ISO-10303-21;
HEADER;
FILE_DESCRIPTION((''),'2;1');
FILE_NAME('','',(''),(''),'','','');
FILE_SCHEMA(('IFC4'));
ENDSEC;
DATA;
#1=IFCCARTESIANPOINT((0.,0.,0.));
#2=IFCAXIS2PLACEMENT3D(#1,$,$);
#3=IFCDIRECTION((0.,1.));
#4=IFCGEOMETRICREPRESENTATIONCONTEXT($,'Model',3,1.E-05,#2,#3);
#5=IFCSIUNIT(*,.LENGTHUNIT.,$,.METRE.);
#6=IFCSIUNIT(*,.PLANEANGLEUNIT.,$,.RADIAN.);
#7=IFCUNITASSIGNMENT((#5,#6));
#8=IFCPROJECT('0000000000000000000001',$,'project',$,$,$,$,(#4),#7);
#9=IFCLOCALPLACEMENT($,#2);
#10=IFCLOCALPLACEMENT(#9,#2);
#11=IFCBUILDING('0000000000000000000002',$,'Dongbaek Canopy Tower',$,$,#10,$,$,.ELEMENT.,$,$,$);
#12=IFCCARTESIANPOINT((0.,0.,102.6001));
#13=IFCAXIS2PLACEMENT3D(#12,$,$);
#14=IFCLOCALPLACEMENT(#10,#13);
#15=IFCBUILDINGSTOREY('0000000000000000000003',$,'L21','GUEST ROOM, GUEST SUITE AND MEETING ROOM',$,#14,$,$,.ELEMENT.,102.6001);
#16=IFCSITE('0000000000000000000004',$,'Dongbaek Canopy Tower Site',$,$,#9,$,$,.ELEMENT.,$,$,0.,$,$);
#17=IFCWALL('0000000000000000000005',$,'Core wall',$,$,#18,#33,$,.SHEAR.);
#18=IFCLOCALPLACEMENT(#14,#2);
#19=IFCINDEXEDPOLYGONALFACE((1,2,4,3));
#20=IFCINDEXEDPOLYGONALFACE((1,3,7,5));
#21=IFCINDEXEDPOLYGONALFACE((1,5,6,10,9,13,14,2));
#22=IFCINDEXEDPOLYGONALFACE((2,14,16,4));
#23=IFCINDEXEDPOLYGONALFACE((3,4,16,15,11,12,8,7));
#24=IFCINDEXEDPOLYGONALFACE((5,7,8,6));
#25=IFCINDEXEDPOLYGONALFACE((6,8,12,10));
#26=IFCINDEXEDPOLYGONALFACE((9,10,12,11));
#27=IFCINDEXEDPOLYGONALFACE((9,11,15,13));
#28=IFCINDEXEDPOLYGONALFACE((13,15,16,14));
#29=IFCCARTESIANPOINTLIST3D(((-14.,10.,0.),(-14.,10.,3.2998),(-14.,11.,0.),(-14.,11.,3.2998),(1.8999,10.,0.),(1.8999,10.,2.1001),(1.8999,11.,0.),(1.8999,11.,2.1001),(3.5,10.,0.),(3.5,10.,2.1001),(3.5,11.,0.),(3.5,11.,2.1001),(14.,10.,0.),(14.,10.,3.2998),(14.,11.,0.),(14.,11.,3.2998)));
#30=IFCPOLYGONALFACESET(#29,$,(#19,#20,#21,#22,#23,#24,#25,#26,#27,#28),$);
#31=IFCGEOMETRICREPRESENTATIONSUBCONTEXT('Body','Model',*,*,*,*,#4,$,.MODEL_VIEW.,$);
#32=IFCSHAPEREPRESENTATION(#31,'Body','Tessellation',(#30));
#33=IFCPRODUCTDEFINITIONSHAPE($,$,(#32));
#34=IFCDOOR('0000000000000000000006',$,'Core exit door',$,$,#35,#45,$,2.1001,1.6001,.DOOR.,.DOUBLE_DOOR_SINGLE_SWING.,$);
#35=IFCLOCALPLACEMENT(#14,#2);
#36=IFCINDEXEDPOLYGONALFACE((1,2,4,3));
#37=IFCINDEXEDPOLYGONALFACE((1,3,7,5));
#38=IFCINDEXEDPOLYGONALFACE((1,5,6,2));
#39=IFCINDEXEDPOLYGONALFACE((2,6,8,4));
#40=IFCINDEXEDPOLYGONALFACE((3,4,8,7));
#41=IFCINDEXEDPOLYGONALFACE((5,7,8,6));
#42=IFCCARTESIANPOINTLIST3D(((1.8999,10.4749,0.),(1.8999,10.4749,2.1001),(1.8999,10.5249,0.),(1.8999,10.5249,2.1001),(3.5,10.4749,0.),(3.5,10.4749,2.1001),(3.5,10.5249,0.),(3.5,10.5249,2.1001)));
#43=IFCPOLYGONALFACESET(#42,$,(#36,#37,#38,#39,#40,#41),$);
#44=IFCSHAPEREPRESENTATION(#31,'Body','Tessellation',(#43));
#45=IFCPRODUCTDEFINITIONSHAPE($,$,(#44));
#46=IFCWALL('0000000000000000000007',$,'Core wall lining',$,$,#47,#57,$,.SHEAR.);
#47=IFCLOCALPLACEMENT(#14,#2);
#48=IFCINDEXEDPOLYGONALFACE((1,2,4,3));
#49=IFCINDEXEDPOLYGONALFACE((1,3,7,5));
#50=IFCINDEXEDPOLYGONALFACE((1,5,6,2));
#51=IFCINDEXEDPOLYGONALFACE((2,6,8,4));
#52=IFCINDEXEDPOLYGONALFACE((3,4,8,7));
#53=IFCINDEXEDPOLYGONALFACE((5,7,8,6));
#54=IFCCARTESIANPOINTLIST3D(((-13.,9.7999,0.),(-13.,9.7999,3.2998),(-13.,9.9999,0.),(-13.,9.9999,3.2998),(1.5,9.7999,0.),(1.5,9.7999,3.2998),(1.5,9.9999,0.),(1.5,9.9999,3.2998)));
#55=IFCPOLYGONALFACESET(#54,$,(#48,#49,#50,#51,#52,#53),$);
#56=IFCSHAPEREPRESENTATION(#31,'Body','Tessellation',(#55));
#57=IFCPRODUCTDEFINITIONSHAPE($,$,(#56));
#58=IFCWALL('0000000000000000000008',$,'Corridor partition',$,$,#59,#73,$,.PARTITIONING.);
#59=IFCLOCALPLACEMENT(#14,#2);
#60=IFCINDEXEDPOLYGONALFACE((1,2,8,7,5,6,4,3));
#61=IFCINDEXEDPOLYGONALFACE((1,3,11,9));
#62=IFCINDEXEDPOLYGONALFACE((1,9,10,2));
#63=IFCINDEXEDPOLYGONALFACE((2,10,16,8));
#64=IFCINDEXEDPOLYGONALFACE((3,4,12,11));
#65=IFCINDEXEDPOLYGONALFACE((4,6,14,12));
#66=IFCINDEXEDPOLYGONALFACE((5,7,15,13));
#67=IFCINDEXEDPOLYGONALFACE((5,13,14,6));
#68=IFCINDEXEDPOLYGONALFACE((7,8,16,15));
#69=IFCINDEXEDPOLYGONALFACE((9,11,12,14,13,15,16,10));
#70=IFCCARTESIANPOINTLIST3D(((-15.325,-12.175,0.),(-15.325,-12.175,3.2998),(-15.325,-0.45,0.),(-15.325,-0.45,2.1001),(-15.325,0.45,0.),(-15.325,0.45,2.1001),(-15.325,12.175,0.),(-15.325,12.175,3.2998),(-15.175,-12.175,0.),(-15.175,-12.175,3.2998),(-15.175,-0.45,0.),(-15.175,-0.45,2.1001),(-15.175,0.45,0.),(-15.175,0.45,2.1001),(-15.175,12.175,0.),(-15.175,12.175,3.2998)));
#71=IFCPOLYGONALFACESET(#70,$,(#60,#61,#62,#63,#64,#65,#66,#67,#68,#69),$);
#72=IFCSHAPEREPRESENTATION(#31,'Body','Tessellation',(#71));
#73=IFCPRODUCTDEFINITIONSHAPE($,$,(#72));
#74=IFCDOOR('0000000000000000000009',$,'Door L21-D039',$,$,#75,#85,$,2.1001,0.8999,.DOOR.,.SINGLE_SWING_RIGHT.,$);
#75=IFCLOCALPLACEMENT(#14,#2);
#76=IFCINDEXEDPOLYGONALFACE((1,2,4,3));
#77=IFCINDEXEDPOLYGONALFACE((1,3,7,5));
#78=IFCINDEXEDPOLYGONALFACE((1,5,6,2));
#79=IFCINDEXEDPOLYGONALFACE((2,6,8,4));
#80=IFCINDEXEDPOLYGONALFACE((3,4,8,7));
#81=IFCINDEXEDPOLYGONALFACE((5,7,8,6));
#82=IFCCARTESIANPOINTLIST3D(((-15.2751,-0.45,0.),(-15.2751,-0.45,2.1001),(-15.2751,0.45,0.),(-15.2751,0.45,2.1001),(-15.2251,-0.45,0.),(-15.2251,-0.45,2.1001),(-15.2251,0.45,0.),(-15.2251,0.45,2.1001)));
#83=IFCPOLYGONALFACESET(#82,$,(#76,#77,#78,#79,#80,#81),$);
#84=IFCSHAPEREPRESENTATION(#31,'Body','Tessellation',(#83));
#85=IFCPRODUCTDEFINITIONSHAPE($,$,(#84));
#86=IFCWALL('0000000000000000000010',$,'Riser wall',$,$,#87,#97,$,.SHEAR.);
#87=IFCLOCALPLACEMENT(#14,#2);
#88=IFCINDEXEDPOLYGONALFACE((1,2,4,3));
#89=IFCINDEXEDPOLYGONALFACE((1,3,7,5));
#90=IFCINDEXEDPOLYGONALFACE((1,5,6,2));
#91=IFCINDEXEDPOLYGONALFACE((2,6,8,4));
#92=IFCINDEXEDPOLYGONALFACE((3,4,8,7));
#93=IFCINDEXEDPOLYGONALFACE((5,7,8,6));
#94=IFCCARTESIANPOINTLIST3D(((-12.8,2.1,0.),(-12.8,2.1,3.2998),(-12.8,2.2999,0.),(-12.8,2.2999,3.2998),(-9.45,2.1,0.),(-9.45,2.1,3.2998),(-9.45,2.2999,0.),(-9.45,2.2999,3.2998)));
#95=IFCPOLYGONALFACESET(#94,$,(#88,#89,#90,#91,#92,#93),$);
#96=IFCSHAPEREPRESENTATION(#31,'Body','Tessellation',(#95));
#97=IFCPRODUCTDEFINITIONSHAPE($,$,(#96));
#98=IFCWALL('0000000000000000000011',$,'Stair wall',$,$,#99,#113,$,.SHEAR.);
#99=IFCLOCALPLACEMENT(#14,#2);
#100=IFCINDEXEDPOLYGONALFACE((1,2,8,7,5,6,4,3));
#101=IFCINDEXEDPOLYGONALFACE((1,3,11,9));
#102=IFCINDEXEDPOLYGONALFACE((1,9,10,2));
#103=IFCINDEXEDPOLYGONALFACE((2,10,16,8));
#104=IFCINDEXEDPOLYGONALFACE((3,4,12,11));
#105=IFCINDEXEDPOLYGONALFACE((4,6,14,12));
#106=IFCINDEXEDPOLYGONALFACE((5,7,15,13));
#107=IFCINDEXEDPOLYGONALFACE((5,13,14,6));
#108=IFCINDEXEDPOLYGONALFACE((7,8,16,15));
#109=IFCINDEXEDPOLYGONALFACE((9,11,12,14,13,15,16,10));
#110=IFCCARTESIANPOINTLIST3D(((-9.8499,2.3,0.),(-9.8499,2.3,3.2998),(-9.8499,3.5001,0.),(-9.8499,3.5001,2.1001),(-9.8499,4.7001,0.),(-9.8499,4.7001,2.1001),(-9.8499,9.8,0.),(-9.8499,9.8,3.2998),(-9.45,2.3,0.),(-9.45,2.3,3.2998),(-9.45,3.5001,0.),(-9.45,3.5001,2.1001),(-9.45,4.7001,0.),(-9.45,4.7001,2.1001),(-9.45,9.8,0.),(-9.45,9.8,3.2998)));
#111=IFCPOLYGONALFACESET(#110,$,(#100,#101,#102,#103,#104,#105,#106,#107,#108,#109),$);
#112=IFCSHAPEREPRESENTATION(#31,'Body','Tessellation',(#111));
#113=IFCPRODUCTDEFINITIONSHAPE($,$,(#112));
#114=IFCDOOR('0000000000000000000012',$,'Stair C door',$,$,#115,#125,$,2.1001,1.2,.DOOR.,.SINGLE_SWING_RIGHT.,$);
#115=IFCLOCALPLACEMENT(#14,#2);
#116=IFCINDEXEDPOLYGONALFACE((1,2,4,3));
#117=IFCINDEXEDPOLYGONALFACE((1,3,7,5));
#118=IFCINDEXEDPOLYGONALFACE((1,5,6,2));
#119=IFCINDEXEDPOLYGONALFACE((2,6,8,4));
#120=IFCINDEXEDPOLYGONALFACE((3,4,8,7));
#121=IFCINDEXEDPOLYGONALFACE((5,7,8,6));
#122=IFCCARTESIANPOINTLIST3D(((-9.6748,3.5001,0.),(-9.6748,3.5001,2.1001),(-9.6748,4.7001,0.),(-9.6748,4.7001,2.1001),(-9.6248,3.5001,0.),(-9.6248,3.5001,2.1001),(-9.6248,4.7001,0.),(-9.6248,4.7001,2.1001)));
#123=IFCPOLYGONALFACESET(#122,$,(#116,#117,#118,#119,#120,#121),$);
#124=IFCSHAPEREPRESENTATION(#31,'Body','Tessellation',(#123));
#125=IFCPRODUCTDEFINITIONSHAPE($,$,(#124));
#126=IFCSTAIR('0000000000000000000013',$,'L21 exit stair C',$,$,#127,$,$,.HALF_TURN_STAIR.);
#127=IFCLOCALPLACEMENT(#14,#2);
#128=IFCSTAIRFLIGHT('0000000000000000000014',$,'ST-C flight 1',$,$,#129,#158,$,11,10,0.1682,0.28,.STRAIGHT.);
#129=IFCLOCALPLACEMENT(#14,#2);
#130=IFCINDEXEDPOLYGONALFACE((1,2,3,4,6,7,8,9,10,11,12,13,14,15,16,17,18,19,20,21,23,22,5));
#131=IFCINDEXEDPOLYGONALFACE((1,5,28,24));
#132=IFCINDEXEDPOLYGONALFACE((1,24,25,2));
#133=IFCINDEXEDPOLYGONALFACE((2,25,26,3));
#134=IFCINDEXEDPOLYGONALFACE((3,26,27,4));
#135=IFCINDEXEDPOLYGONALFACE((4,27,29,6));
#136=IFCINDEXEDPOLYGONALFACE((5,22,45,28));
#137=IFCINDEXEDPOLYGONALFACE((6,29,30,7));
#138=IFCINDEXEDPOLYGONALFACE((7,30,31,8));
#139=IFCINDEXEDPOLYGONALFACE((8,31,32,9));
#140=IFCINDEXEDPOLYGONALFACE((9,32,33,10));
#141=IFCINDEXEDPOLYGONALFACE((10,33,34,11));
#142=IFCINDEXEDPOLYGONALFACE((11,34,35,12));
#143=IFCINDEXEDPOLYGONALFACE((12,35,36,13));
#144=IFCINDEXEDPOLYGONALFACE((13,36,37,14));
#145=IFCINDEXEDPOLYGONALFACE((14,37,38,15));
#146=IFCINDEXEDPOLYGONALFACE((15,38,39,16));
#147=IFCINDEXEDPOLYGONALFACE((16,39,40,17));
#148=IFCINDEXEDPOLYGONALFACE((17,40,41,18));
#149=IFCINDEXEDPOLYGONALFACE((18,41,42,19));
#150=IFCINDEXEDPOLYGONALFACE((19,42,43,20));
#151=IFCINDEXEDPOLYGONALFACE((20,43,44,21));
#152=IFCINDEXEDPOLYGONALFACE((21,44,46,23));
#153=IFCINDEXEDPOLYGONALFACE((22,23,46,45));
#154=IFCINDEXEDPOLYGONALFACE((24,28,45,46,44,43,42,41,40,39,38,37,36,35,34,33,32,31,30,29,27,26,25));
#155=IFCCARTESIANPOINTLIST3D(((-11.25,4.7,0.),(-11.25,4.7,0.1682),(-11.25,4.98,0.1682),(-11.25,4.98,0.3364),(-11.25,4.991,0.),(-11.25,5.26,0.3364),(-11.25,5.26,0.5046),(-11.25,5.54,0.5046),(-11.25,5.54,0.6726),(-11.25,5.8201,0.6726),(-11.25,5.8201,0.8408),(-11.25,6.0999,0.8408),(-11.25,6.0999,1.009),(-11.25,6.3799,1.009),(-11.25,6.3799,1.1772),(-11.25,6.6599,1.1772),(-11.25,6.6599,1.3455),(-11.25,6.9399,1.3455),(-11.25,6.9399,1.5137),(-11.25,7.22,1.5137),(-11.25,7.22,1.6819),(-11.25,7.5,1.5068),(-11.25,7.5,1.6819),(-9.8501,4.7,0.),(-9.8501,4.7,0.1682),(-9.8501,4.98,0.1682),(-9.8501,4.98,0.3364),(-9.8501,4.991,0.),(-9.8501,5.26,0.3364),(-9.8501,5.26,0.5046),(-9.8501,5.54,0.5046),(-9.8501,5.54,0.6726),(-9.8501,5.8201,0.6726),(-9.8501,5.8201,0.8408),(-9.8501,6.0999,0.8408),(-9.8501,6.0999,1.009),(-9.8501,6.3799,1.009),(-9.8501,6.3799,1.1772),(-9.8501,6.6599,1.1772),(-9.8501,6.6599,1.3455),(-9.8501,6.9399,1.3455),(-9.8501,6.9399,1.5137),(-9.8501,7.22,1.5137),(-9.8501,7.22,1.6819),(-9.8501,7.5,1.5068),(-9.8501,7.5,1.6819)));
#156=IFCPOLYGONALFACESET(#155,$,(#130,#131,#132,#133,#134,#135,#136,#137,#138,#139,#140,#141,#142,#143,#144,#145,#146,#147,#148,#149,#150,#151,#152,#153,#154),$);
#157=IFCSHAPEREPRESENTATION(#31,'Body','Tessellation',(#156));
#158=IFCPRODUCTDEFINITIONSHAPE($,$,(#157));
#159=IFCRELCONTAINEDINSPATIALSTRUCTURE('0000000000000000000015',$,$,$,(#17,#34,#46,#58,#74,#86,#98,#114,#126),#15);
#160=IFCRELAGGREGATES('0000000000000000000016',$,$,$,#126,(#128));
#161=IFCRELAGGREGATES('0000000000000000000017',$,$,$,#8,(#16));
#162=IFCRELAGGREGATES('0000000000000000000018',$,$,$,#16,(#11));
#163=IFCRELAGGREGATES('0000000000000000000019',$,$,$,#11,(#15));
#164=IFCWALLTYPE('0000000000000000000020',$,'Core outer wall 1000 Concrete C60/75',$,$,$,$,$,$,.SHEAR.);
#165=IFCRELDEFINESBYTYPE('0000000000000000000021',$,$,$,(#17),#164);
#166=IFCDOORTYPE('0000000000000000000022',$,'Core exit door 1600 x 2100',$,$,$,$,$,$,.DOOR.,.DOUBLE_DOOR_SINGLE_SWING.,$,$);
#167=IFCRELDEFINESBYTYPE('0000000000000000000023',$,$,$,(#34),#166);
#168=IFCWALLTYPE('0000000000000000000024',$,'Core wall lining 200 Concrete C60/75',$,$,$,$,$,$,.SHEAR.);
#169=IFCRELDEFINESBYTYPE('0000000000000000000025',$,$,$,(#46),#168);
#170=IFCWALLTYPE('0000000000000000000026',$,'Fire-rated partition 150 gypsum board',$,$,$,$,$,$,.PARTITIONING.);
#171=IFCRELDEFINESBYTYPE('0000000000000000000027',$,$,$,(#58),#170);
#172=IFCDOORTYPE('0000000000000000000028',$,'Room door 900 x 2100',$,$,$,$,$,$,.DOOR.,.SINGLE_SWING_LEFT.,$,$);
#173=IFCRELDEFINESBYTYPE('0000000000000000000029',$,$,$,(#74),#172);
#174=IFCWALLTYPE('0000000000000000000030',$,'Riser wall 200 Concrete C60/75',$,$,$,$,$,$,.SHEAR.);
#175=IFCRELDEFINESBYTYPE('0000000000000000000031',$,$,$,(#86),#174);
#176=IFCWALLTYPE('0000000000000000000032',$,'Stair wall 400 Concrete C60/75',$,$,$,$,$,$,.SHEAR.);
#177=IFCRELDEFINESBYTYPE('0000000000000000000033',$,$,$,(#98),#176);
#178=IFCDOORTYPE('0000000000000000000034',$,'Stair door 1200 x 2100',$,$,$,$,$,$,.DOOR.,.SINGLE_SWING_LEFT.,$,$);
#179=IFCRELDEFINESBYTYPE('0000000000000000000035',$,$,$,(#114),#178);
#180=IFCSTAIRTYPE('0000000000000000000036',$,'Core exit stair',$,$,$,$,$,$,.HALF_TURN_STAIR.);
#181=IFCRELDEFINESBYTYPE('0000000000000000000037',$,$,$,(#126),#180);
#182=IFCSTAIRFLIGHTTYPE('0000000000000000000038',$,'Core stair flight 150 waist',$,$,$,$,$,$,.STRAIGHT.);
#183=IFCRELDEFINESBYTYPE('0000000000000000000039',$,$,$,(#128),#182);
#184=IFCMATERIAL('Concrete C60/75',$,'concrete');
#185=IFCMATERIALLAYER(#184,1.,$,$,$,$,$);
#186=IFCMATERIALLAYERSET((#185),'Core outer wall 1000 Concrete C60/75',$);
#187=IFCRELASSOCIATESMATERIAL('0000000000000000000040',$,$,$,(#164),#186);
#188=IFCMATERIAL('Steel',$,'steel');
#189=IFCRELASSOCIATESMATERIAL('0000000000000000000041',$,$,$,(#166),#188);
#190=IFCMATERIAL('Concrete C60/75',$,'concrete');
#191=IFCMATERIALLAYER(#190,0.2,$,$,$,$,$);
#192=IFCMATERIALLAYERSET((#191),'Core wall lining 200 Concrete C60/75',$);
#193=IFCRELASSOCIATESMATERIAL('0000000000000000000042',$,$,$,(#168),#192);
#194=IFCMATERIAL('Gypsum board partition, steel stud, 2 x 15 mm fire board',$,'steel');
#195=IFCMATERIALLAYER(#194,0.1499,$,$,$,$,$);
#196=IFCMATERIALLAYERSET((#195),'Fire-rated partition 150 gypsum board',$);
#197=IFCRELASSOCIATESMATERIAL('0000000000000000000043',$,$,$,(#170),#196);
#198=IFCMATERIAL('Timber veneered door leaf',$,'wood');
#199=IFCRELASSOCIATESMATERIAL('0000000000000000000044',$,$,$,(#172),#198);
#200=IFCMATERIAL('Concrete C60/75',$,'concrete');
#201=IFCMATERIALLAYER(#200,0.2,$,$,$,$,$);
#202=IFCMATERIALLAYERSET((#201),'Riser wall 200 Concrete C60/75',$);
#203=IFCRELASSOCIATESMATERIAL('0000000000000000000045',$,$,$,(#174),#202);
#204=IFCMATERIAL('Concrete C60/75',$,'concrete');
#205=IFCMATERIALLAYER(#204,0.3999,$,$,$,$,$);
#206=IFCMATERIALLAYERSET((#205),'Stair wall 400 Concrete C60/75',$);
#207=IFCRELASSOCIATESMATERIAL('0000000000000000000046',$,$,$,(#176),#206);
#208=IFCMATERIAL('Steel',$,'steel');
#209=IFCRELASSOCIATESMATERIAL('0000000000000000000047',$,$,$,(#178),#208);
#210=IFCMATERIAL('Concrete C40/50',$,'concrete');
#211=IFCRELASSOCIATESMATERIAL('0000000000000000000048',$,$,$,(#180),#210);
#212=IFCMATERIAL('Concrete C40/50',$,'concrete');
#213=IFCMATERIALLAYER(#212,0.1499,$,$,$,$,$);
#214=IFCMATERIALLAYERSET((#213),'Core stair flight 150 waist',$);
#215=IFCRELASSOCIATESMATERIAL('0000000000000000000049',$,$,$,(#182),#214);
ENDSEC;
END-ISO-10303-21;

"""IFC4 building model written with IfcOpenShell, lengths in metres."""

from ifc_helpers import new_model, si_unit, direction, frame, frame_2d, origin, place, context, subcontext, project, spatial, polyline, rectangle, outline, extrude, material, layer, layer_set, type_object, element, fill, aggregate, save


model = new_model("IFC4")

# Units and contexts
model_context = context("Model", 3, precision=1e-05, world=origin(), true_north=direction((0.0, 1.0)))
body_context = subcontext(model_context, "Body", "Model", "MODEL_VIEW")
ifc_project = project(units=[si_unit("LENGTHUNIT", "METRE"), si_unit("PLANEANGLEUNIT", "RADIAN")], contexts=[model_context])

# Site, building, storey
site_placement = place(None, origin())
site = spatial("IfcSite", under=ifc_project, at=site_placement, Name="Dongbaek Canopy Tower Site", CompositionType="ELEMENT", RefElevation=0.0)
building_placement = place(site_placement, origin())
building = spatial("IfcBuilding", under=site, at=building_placement, Name="Dongbaek Canopy Tower", CompositionType="ELEMENT")
storey_placement = place(building_placement, frame((0.0, 0.0, 102.6001)))
storey = spatial("IfcBuildingStorey", under=building, at=storey_placement, Name="L21", Description="GUEST ROOM, GUEST SUITE AND MEETING ROOM", CompositionType="ELEMENT", Elevation=102.6001)

# Wall, opening, door
ifc_material_1 = material(Name="Concrete C60/75", Category="concrete")
ifc_layer_1 = layer(ifc_material_1, 1.0)
ifc_layer_set_1 = layer_set([ifc_layer_1], Name="Core outer wall 1000 Concrete C60/75")
wall_type_1 = type_object("IfcWallType", Name="Core outer wall 1000 Concrete C60/75", PredefinedType="SHEAR", material=ifc_layer_set_1)
wall_1_placement = place(storey_placement, frame((-14.0, 10.5, 0.0), z_axis=(0.0, 0.0, 1.0), x_axis=(1.0, 0.0, 0.0)))
wall_1 = element("IfcWall", 1, at=wall_1_placement, inside=storey, type_object=wall_type_1, Name="Core wall", PredefinedType="SHEAR", context=body_context, shape_type="SweptSolid", body=[
    extrude(rectangle(XDim=28.0, YDim=1.0, at=frame_2d((14.0, 0.0))), origin(), (0.0, 0.0, 1.0), 3.2998),
])
opening_1_placement = place(wall_1_placement, frame((15.8999, 0.0, 0.0)))
opening_1 = element("IfcOpeningElement", 2, at=opening_1_placement, cuts=wall_1, PredefinedType="OPENING", context=body_context, shape_type="SweptSolid", body=[
    extrude(rectangle(XDim=1.6001, YDim=2.1001, at=frame_2d((0.8, 1.05))), frame((0.0, 0.51, 0.0), z_axis=(0.0, -1.0, 0.0), x_axis=(1.0, 0.0, 0.0)), (0.0, 0.0, 1.0), 1.02),
])
ifc_material_2 = material(Name="Steel", Category="steel")
door_type_1 = type_object("IfcDoorType", Name="Core exit door 1600 x 2100", OperationType="DOUBLE_DOOR_SINGLE_SWING", PredefinedType="DOOR", material=ifc_material_2)
door_1_placement = place(opening_1_placement, origin())
door_1 = element("IfcDoor", 3, at=door_1_placement, inside=storey, type_object=door_type_1, Name="Core exit door", OperationType="DOUBLE_DOOR_SINGLE_SWING", OverallHeight=2.1001, OverallWidth=1.6001, PredefinedType="DOOR", context=body_context, shape_type="SweptSolid", body=[
    extrude(rectangle(XDim=1.6001, YDim=2.1001, at=frame_2d((0.8, 1.05))), frame((0.0, 0.0249, 0.0), z_axis=(0.0, -1.0, 0.0), x_axis=(1.0, 0.0, 0.0)), (0.0, 0.0, 1.0), 0.05),
])
fill(opening_1, door_1)

# Wall
ifc_material_3 = material(Name="Concrete C60/75", Category="concrete")
ifc_layer_2 = layer(ifc_material_3, 0.2)
ifc_layer_set_2 = layer_set([ifc_layer_2], Name="Core wall lining 200 Concrete C60/75")
wall_type_2 = type_object("IfcWallType", Name="Core wall lining 200 Concrete C60/75", PredefinedType="SHEAR", material=ifc_layer_set_2)
wall_2_placement = place(storey_placement, frame((-13.0, 9.8999, 0.0), z_axis=(0.0, 0.0, 1.0), x_axis=(1.0, 0.0, 0.0)))
element("IfcWall", 4, at=wall_2_placement, inside=storey, type_object=wall_type_2, Name="Core wall lining", PredefinedType="SHEAR", context=body_context, shape_type="SweptSolid", body=[
    extrude(rectangle(XDim=14.5, YDim=0.2, at=frame_2d((7.25, 0.0))), origin(), (0.0, 0.0, 1.0), 3.2998),
])

# Wall, opening, door
ifc_material_4 = material(Name="Gypsum board partition, steel stud, 2 x 15 mm fire board", Category="steel")
ifc_layer_3 = layer(ifc_material_4, 0.1499)
ifc_layer_set_3 = layer_set([ifc_layer_3], Name="Fire-rated partition 150 gypsum board")
wall_type_3 = type_object("IfcWallType", Name="Fire-rated partition 150 gypsum board", PredefinedType="PARTITIONING", material=ifc_layer_set_3)
wall_3_placement = place(storey_placement, frame((-15.25, 12.175, 0.0), z_axis=(0.0, 0.0, 1.0), x_axis=(0.0, -1.0, 0.0)))
wall_3 = element("IfcWall", 5, at=wall_3_placement, inside=storey, type_object=wall_type_3, Name="Corridor partition", PredefinedType="PARTITIONING", context=body_context, shape_type="SweptSolid", body=[
    extrude(rectangle(XDim=24.3501, YDim=0.1499, at=frame_2d((12.175, 0.0))), origin(), (0.0, 0.0, 1.0), 3.2998),
])
opening_2_placement = place(wall_3_placement, frame((11.7251, 0.0, 0.0)))
opening_2 = element("IfcOpeningElement", 6, at=opening_2_placement, cuts=wall_3, PredefinedType="OPENING", context=body_context, shape_type="SweptSolid", body=[
    extrude(rectangle(XDim=0.8999, YDim=2.1001, at=frame_2d((0.45, 1.05))), frame((0.0, 0.085, 0.0), z_axis=(0.0, -1.0, 0.0), x_axis=(1.0, 0.0, 0.0)), (0.0, 0.0, 1.0), 0.1699),
])
ifc_material_5 = material(Name="Timber veneered door leaf", Category="wood")
door_type_2 = type_object("IfcDoorType", Name="Room door 900 x 2100", OperationType="SINGLE_SWING_LEFT", PredefinedType="DOOR", material=ifc_material_5)
door_2_placement = place(opening_2_placement, origin())
door_2 = element("IfcDoor", 7, at=door_2_placement, inside=storey, type_object=door_type_2, Name="Door L21-D039", OperationType="SINGLE_SWING_RIGHT", OverallHeight=2.1001, OverallWidth=0.8999, PredefinedType="DOOR", context=body_context, shape_type="SweptSolid", body=[
    extrude(rectangle(XDim=0.8999, YDim=2.1001, at=frame_2d((0.45, 1.05))), frame((0.0, 0.0249, 0.0), z_axis=(0.0, -1.0, 0.0), x_axis=(1.0, 0.0, 0.0)), (0.0, 0.0, 1.0), 0.05),
])
fill(opening_2, door_2)

# Wall
ifc_material_6 = material(Name="Concrete C60/75", Category="concrete")
ifc_layer_4 = layer(ifc_material_6, 0.2)
ifc_layer_set_4 = layer_set([ifc_layer_4], Name="Riser wall 200 Concrete C60/75")
wall_type_4 = type_object("IfcWallType", Name="Riser wall 200 Concrete C60/75", PredefinedType="SHEAR", material=ifc_layer_set_4)
wall_4_placement = place(storey_placement, frame((-9.45, 2.2, 0.0), z_axis=(0.0, 0.0, 1.0), x_axis=(-1.0, 0.0, 0.0)))
element("IfcWall", 8, at=wall_4_placement, inside=storey, type_object=wall_type_4, Name="Riser wall", PredefinedType="SHEAR", context=body_context, shape_type="SweptSolid", body=[
    extrude(rectangle(XDim=3.3501, YDim=0.2, at=frame_2d((1.675, 0.0))), origin(), (0.0, 0.0, 1.0), 3.2998),
])

# Wall, opening, door
ifc_material_7 = material(Name="Concrete C60/75", Category="concrete")
ifc_layer_5 = layer(ifc_material_7, 0.3999)
ifc_layer_set_5 = layer_set([ifc_layer_5], Name="Stair wall 400 Concrete C60/75")
wall_type_5 = type_object("IfcWallType", Name="Stair wall 400 Concrete C60/75", PredefinedType="SHEAR", material=ifc_layer_set_5)
wall_5_placement = place(storey_placement, frame((-9.6499, 2.3, 0.0), z_axis=(0.0, 0.0, 1.0), x_axis=(0.0, 1.0, 0.0)))
wall_5 = element("IfcWall", 9, at=wall_5_placement, inside=storey, type_object=wall_type_5, Name="Stair wall", PredefinedType="SHEAR", context=body_context, shape_type="SweptSolid", body=[
    extrude(rectangle(XDim=7.5, YDim=0.3999, at=frame_2d((3.75, 0.0))), origin(), (0.0, 0.0, 1.0), 3.2998),
])
opening_3_placement = place(wall_5_placement, frame((1.2, 0.0, 0.0)))
opening_3 = element("IfcOpeningElement", 10, at=opening_3_placement, cuts=wall_5, PredefinedType="OPENING", context=body_context, shape_type="SweptSolid", body=[
    extrude(rectangle(XDim=1.2, YDim=2.1001, at=frame_2d((0.6001, 1.05))), frame((0.0, 0.21, 0.0), z_axis=(0.0, -1.0, 0.0), x_axis=(1.0, 0.0, 0.0)), (0.0, 0.0, 1.0), 0.4199),
])
ifc_material_8 = material(Name="Steel", Category="steel")
door_type_3 = type_object("IfcDoorType", Name="Stair door 1200 x 2100", OperationType="SINGLE_SWING_LEFT", PredefinedType="DOOR", material=ifc_material_8)
door_3_placement = place(opening_3_placement, origin())
door_3 = element("IfcDoor", 11, at=door_3_placement, inside=storey, type_object=door_type_3, Name="Stair C door", OperationType="SINGLE_SWING_RIGHT", OverallHeight=2.1001, OverallWidth=1.2, PredefinedType="DOOR", context=body_context, shape_type="SweptSolid", body=[
    extrude(rectangle(XDim=1.2, YDim=2.1001, at=frame_2d((0.6001, 1.05))), frame((0.0, 0.0249, 0.0), z_axis=(0.0, -1.0, 0.0), x_axis=(1.0, 0.0, 0.0)), (0.0, 0.0, 1.0), 0.05),
])
fill(opening_3, door_3)

# Stair, stair flight
ifc_material_9 = material(Name="Concrete C40/50", Category="concrete")
stair_type = type_object("IfcStairType", Name="Core exit stair", PredefinedType="HALF_TURN_STAIR", material=ifc_material_9)
stair_placement = place(storey_placement, origin())
stair = element("IfcStair", 12, at=stair_placement, inside=storey, type_object=stair_type, Name="L21 exit stair C", PredefinedType="HALF_TURN_STAIR")
ifc_material_10 = material(Name="Concrete C40/50", Category="concrete")
ifc_layer_6 = layer(ifc_material_10, 0.1499)
ifc_layer_set_6 = layer_set([ifc_layer_6], Name="Core stair flight 150 waist")
stair_flight_type = type_object("IfcStairFlightType", Name="Core stair flight 150 waist", PredefinedType="STRAIGHT", material=ifc_layer_set_6)
stair_flight_1_placement = place(storey_placement, frame((-10.55, 4.7, 0.0), z_axis=(0.0, 0.0, 1.0), x_axis=(0.0, 1.0, 0.0)))
stair_flight_1 = element("IfcStairFlight", 13, at=stair_flight_1_placement, type_object=stair_flight_type, Name="ST-C flight 1", NumberOfRisers=11, NumberOfTreads=10, PredefinedType="STRAIGHT", RiserHeight=0.1682, TreadLength=0.28, context=body_context, shape_type="SweptSolid", body=[
    extrude(outline(polyline([(0.0, 0.0), (0.0, 0.1682), (0.28, 0.1682), (0.28, 0.3364), (0.5601, 0.3364), (0.5601, 0.5046), (0.8401, 0.5046), (0.8401, 0.6726), (1.1201, 0.6726), (1.1201, 0.8408), (1.3999, 0.8408), (1.3999, 1.009), (1.6799, 1.009), (1.6799, 1.1772), (1.96, 1.1772), (1.96, 1.3455), (2.24, 1.3455), (2.24, 1.5137), (2.52, 1.5137), (2.52, 1.6819), (2.8, 1.6819), (2.8, 1.8501), (2.8, 1.5068), (0.291, 0.0), (0.0, 0.0)])), frame((0.0, 0.7, 0.0), z_axis=(0.0, -1.0, 0.0), x_axis=(1.0, 0.0, 0.0)), (0.0, 0.0, 1.0), 1.3999),
])
aggregate(stair, [stair_flight_1])

save(model, "model.ifc")
